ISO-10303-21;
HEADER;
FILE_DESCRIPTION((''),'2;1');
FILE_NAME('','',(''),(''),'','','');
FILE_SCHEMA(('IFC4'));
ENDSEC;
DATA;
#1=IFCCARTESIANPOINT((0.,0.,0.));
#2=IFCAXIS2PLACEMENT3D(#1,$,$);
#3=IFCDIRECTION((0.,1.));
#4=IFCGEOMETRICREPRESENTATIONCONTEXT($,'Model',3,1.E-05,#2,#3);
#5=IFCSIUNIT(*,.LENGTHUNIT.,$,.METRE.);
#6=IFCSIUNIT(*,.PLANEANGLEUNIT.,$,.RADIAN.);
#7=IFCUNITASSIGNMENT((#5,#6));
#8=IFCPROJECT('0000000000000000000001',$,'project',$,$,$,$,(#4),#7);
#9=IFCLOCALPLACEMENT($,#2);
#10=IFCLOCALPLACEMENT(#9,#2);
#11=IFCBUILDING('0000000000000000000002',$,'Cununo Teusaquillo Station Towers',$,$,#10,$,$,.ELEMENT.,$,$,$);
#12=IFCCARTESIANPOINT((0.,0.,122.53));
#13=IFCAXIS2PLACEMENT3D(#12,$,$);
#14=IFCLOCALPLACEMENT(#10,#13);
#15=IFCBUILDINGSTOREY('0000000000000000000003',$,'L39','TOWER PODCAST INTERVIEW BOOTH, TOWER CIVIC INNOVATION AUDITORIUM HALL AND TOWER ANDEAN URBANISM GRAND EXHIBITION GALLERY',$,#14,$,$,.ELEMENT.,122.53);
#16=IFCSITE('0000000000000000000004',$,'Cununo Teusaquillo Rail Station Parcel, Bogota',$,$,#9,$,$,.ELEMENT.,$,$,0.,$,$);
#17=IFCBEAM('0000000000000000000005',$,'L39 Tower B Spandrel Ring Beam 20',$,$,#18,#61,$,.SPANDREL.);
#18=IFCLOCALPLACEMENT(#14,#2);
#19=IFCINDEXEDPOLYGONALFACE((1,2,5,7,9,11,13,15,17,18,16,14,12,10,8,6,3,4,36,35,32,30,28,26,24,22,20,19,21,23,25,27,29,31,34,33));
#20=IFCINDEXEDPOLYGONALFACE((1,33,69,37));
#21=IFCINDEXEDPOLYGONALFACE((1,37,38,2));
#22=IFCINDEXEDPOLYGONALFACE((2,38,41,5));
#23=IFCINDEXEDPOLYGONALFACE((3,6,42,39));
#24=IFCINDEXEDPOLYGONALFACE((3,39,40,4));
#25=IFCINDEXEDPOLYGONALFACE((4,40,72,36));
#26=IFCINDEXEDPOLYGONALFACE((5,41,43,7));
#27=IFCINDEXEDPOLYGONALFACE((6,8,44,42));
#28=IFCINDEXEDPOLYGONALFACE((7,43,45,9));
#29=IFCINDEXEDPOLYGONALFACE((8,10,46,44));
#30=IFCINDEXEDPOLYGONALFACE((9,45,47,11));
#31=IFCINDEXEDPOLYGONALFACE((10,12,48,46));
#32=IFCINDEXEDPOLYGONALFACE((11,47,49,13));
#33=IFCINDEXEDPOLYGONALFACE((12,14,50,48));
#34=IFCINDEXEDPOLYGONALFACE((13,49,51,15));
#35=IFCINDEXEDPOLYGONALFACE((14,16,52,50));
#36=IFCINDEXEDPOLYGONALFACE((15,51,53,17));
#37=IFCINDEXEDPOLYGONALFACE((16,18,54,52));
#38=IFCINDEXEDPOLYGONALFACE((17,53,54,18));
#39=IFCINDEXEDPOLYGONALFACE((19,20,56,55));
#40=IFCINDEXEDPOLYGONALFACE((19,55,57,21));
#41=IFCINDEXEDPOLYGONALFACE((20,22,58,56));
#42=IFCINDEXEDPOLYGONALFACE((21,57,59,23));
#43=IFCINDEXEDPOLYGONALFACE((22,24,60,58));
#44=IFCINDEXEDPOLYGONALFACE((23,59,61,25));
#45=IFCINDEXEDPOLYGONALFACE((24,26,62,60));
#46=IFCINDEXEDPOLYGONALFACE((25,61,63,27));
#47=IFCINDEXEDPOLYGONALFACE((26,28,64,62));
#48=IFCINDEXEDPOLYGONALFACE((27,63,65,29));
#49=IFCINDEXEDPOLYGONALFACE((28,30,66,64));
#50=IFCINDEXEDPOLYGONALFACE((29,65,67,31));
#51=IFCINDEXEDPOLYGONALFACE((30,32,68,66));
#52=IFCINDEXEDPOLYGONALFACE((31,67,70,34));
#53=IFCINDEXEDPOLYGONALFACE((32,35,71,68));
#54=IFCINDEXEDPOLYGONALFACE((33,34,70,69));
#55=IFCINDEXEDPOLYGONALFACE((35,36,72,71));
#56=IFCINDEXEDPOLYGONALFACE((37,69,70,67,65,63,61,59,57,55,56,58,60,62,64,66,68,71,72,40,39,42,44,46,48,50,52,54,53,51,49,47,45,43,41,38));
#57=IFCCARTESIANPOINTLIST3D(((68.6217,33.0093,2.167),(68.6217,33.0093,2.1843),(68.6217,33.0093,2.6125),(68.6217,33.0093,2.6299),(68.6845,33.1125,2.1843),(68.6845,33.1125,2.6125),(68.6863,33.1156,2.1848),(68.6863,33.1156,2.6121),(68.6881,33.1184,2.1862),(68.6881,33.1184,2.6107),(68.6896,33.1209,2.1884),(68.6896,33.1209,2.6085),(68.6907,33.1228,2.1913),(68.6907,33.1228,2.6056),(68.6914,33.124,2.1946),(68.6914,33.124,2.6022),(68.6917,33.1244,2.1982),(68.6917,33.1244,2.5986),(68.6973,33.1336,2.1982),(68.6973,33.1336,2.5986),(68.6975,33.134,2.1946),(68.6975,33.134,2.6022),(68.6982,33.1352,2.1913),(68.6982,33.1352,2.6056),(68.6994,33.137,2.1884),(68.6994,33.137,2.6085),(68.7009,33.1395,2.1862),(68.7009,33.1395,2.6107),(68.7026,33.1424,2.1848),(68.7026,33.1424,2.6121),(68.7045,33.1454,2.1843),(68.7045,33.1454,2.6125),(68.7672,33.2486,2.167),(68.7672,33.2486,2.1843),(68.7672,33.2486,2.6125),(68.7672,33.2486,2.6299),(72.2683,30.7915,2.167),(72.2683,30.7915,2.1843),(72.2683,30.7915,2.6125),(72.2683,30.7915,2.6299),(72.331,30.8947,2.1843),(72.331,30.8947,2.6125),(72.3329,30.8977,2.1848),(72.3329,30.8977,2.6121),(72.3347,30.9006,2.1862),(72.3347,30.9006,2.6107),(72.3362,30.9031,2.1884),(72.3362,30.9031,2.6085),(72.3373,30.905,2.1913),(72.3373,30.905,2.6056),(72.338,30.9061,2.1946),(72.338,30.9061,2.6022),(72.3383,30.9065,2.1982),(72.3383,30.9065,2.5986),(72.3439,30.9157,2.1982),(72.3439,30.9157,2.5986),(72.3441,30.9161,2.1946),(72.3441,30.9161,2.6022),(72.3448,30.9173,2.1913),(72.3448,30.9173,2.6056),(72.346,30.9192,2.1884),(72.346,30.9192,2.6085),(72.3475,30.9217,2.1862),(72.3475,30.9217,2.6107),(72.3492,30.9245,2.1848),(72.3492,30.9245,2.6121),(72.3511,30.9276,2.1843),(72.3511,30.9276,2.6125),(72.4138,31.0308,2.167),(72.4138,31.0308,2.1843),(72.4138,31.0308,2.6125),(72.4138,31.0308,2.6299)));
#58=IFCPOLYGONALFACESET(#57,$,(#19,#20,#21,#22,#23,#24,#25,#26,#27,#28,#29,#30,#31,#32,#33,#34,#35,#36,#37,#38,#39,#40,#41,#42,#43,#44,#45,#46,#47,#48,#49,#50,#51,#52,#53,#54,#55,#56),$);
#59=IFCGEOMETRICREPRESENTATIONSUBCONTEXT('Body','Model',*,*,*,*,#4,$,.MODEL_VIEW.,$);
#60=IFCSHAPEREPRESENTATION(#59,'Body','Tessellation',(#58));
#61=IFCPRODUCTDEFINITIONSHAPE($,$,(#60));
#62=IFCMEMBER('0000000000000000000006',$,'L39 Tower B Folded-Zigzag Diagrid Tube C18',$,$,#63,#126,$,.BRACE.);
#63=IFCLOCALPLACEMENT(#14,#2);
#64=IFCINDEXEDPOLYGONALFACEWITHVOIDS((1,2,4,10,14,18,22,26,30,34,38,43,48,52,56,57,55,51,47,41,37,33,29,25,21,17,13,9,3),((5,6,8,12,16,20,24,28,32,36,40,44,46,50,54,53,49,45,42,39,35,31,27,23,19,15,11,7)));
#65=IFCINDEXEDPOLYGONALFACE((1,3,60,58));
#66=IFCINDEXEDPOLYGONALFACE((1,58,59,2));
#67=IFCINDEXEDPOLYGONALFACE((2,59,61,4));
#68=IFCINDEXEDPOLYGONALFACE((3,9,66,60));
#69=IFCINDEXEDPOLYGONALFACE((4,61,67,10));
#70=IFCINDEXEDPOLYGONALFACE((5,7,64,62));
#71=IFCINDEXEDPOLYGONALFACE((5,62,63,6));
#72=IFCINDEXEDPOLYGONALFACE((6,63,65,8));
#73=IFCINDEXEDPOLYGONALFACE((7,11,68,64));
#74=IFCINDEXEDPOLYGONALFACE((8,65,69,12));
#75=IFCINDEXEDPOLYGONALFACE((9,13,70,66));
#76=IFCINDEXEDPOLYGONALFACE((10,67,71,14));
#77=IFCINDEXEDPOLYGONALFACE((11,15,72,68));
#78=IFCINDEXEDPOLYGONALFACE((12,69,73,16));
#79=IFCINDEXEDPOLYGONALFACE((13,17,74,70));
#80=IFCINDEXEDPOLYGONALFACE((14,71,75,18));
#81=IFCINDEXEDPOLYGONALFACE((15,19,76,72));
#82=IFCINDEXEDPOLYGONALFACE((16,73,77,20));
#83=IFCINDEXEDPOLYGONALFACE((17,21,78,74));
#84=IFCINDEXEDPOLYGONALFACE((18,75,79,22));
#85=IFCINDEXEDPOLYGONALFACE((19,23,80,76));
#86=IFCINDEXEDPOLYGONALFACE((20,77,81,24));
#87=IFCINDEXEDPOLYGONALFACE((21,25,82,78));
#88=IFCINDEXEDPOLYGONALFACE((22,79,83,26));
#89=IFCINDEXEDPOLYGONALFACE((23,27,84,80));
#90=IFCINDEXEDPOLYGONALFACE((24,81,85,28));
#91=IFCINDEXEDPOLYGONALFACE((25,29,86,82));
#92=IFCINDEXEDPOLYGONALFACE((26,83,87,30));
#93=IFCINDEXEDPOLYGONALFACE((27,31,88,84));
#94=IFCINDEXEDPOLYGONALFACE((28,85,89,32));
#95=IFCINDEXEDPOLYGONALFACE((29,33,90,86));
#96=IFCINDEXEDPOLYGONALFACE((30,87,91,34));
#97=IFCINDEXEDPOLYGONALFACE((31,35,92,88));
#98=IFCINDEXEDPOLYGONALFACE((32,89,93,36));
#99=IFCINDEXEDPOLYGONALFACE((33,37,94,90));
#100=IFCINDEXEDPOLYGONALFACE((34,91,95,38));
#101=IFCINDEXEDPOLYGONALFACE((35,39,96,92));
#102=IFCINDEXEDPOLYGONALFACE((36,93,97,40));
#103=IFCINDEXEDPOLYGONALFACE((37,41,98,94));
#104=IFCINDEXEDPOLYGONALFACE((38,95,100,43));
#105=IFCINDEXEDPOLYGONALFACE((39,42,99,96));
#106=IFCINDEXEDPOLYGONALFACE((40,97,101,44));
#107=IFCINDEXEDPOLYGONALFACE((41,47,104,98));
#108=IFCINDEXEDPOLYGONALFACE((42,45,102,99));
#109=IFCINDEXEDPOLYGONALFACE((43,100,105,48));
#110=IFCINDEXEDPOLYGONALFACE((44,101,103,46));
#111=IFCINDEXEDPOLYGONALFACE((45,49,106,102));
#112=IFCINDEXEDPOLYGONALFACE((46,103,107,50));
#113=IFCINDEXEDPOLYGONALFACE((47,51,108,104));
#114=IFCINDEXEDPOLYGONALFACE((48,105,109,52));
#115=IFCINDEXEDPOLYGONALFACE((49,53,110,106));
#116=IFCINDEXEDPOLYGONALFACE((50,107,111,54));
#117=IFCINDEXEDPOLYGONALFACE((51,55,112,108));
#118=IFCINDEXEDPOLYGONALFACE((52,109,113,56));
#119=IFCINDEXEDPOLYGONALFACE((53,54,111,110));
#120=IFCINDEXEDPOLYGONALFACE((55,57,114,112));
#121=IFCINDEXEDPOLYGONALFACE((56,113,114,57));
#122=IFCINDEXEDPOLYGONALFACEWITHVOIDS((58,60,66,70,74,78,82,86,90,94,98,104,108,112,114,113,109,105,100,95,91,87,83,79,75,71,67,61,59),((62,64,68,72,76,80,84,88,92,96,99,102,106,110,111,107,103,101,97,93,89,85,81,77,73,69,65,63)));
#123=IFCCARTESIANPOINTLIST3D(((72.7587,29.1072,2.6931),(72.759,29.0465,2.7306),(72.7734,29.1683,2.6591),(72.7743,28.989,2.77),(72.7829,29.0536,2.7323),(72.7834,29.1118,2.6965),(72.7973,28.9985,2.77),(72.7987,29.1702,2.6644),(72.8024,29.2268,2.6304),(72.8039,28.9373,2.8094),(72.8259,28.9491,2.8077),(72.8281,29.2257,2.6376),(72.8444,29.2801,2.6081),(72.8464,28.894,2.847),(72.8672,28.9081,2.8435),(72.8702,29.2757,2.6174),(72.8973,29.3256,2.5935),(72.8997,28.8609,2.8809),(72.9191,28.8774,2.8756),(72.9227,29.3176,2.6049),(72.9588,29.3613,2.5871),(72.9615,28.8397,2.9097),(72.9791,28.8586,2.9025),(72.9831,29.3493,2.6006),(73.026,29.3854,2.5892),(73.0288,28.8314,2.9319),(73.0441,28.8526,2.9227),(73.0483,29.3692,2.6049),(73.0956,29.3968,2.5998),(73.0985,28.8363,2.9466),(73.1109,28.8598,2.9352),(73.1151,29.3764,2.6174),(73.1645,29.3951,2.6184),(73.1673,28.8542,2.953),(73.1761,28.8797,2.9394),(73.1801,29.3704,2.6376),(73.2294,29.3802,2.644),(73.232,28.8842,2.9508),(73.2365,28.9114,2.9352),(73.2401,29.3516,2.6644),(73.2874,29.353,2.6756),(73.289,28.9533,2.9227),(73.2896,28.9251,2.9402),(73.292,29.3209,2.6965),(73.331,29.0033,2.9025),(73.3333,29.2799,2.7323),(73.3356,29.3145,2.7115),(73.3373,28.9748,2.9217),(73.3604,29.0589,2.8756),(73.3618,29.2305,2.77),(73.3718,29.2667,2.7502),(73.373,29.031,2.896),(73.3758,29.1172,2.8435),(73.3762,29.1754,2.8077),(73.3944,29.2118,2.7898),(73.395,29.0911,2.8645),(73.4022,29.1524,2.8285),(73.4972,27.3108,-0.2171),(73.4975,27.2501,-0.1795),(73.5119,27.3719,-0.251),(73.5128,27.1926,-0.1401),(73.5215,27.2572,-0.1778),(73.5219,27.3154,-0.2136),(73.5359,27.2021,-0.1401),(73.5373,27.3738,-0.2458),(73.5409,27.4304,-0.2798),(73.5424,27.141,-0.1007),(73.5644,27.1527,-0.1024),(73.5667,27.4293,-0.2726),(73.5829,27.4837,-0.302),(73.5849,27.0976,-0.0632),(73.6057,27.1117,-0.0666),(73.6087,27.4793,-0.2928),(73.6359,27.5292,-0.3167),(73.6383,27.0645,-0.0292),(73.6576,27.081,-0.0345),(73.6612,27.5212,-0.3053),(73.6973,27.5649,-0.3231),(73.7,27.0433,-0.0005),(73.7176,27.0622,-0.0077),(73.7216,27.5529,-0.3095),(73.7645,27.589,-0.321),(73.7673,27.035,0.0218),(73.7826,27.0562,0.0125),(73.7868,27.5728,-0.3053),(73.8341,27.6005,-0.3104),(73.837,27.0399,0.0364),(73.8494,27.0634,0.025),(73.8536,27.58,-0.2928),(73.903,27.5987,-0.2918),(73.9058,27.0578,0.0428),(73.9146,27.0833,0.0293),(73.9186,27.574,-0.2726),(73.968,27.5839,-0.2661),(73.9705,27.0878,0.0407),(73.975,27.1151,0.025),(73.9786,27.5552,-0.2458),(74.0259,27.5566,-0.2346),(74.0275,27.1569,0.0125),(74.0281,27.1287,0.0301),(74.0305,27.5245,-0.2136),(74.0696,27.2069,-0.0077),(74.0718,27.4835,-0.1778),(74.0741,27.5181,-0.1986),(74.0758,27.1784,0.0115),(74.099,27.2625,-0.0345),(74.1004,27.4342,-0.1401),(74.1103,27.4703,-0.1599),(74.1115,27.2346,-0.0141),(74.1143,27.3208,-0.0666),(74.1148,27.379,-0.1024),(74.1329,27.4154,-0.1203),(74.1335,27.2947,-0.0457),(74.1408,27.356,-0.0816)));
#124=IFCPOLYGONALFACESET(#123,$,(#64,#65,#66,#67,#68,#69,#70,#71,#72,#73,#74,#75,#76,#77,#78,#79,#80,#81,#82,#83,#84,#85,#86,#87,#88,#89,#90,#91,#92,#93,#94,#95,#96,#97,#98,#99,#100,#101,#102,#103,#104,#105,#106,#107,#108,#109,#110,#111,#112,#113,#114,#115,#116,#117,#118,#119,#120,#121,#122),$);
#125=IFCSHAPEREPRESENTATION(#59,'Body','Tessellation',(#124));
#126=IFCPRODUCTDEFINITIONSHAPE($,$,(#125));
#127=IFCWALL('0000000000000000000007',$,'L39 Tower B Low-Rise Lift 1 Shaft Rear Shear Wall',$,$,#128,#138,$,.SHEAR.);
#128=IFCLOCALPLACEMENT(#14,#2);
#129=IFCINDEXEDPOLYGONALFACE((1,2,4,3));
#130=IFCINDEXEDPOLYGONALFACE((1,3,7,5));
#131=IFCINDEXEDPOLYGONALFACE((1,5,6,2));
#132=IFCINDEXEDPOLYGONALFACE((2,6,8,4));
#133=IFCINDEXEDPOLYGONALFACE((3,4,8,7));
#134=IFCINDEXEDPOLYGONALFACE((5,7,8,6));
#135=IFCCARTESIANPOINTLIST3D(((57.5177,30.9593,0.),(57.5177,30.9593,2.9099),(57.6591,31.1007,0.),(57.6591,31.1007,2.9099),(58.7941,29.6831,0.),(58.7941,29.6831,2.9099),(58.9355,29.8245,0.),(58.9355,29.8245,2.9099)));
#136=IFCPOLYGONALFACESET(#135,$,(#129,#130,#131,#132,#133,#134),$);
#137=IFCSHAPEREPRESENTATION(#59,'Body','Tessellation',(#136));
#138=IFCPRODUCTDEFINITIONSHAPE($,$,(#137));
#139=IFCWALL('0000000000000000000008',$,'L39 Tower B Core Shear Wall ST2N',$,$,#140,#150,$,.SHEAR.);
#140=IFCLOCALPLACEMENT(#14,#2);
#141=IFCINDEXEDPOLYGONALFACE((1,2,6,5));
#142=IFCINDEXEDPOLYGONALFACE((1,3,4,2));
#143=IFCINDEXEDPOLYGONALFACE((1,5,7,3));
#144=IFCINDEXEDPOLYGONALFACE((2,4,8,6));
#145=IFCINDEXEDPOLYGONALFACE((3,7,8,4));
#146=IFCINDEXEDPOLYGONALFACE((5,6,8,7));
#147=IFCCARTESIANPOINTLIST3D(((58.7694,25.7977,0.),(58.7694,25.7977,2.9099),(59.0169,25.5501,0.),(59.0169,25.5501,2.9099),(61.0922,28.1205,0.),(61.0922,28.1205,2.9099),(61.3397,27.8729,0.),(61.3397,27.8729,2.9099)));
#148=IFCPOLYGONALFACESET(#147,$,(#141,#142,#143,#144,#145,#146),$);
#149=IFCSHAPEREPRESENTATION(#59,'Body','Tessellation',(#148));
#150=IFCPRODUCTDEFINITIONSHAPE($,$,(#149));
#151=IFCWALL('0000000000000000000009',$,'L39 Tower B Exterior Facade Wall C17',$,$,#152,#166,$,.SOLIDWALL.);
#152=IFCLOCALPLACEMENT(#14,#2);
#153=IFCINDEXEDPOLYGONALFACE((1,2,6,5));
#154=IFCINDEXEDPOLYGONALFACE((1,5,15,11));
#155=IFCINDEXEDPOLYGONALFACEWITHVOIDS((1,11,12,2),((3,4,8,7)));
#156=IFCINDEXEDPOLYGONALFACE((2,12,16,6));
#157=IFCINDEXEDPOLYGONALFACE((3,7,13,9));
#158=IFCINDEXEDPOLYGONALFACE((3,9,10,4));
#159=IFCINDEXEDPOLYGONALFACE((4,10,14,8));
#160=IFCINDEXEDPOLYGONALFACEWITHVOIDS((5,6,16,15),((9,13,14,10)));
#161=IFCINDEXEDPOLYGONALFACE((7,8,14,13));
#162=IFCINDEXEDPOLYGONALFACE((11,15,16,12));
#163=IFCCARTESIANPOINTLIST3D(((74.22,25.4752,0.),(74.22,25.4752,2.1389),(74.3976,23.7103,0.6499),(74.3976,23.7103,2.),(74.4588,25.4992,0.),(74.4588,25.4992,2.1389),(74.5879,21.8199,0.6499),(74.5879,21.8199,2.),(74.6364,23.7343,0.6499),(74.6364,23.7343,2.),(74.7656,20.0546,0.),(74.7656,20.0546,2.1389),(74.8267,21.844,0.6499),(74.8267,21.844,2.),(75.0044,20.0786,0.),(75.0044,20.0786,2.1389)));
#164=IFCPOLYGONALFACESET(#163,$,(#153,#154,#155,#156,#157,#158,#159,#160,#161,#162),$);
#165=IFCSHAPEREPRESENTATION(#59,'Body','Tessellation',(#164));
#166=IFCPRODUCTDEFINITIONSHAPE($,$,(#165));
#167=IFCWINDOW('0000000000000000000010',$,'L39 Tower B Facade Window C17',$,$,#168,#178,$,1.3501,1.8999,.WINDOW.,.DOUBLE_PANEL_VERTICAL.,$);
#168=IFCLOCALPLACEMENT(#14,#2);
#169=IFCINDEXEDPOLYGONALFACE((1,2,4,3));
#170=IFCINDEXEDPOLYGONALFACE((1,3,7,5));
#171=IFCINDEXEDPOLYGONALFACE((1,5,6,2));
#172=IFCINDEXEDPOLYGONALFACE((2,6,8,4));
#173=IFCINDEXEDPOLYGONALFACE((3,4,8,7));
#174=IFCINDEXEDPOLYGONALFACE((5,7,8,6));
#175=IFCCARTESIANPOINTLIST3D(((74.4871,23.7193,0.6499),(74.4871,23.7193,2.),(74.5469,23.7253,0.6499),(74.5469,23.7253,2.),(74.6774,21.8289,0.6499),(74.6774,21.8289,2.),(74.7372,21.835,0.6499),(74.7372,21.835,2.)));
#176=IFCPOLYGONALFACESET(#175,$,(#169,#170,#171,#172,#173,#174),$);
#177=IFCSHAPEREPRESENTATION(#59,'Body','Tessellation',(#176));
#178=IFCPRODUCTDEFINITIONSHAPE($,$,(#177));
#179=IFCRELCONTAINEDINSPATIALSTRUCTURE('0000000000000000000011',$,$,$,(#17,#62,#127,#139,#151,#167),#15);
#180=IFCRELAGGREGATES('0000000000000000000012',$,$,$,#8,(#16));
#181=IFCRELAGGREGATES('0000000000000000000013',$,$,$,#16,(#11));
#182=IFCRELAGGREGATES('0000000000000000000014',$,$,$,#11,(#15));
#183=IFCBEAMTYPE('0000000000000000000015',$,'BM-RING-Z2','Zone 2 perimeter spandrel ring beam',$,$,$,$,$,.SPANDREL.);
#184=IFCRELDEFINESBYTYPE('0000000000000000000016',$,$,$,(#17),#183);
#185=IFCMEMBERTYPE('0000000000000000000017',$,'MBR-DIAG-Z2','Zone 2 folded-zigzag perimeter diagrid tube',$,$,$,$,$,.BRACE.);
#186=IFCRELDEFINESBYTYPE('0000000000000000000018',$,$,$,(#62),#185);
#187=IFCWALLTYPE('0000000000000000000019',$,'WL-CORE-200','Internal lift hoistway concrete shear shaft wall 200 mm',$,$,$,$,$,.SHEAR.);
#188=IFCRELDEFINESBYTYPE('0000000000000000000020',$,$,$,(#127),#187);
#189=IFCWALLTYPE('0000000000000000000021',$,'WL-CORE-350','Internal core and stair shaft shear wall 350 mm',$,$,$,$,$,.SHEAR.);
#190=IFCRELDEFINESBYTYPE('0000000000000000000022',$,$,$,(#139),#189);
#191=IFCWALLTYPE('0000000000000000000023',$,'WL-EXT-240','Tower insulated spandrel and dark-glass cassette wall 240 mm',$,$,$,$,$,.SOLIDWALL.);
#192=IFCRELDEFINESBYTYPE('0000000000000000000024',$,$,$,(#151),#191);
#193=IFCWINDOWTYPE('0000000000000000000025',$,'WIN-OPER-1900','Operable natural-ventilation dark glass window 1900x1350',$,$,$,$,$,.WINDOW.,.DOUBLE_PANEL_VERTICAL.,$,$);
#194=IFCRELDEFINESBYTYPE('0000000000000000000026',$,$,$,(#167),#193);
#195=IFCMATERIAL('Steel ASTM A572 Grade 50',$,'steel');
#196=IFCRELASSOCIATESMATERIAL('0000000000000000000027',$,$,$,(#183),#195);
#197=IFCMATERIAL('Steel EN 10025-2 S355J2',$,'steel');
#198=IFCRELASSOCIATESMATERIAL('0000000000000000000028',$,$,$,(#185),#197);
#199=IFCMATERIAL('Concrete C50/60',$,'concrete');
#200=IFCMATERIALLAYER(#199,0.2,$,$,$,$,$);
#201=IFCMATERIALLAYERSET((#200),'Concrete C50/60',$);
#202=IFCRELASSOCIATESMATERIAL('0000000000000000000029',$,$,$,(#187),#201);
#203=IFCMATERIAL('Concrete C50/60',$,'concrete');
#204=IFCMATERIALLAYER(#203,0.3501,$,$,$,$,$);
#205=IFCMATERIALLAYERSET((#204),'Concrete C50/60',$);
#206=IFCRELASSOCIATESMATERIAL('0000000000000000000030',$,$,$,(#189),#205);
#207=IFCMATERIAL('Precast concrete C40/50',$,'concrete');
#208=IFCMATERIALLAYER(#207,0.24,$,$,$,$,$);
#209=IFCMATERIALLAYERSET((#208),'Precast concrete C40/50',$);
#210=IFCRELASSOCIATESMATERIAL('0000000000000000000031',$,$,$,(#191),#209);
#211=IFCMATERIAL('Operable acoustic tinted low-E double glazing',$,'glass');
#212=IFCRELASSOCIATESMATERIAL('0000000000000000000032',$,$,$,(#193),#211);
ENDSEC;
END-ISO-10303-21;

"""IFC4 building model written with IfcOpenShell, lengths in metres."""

from ifc_helpers import new_model, si_unit, direction, frame, frame_2d, origin, origin_2d, place, context, subcontext, project, spatial, rectangle, hollow_circle, i_section, extrude, source, transform, mapped, material, layer, layer_set, material_profile, profile_set, type_object, element, fill, save


model = new_model("IFC4")

# Units and contexts
model_context = context("Model", 3, precision=1e-05, world=origin(), true_north=direction((0.0, 1.0)))
body_context = subcontext(model_context, "Body", "Model", "MODEL_VIEW")
ifc_project = project(units=[si_unit("LENGTHUNIT", "METRE"), si_unit("PLANEANGLEUNIT", "RADIAN")], contexts=[model_context])

# Site, building, storey
site_placement = place(None, origin())
site = spatial("IfcSite", under=ifc_project, at=site_placement, Name="Cununo Teusaquillo Rail Station Parcel, Bogota", CompositionType="ELEMENT", RefElevation=0.0)
building_placement = place(site_placement, origin())
building = spatial("IfcBuilding", under=site, at=building_placement, Name="Cununo Teusaquillo Station Towers", CompositionType="ELEMENT")
storey_placement = place(building_placement, frame((0.0, 0.0, 122.53)))
storey = spatial("IfcBuildingStorey", under=building, at=storey_placement, Name="L39", Description="TOWER PODCAST INTERVIEW BOOTH, TOWER CIVIC INNOVATION AUDITORIUM HALL AND TOWER ANDEAN URBANISM GRAND EXHIBITION GALLERY", CompositionType="ELEMENT", Elevation=122.53)

# Beam
ifc_material_1 = material(Name="Steel ASTM A572 Grade 50", Category="steel")
ifc_material_profile_1 = material_profile(ifc_material_1, i_section(OverallWidth=0.28, OverallDepth=0.4629, WebThickness=0.0107, FlangeThickness=0.0173, FilletRadius=0.0139, at=origin_2d()), Name="W18X76")
ifc_profile_set_1 = profile_set([ifc_material_profile_1], Name="Steel ASTM A572 Grade 50")
beam_type = type_object("IfcBeamType", Name="BM-RING-Z2", Description="Zone 2 perimeter spandrel ring beam", PredefinedType="SPANDREL", material=ifc_profile_set_1)
beam_1_placement = place(storey_placement, frame((72.3411, 30.9111, 2.3984), z_axis=(-0.854388, 0.519635, 0.0), x_axis=(-0.519635, -0.854388, 0.0)))
element("IfcBeam", 1, at=beam_1_placement, inside=storey, type_object=beam_type, Name="L39 Tower B Spandrel Ring Beam 20", PredefinedType="SPANDREL", context=body_context, shape_type="SweptSolid", body=[
    extrude(i_section(OverallWidth=0.28, OverallDepth=0.4629, WebThickness=0.0107, FlangeThickness=0.0173, FilletRadius=0.0139, at=origin_2d()), origin(), (0.0, 0.0, 1.0), 4.2681),
])

# Member
ifc_material_2 = material(Name="Steel EN 10025-2 S355J2", Category="steel")
ifc_material_profile_2 = material_profile(ifc_material_2, hollow_circle(Radius=0.3301, WallThickness=0.0249, at=origin_2d()), Name="CHS 660x25")
ifc_profile_set_2 = profile_set([ifc_material_profile_2], Name="Steel EN 10025-2 S355J2")
member_type = type_object("IfcMemberType", Name="MBR-DIAG-Z2", Description="Zone 2 folded-zigzag perimeter diagrid tube", PredefinedType="BRACE", material=ifc_profile_set_2)
member_placement = place(storey_placement, frame((73.8181, 27.3181, -0.1401), z_axis=(-0.211081, 0.513433, 0.831764), x_axis=(-0.924889, -0.380238, 0.0)))
element("IfcMember", 2, at=member_placement, inside=storey, type_object=member_type, Name="L39 Tower B Folded-Zigzag Diagrid Tube C18", PredefinedType="BRACE", context=body_context, shape_type="SweptSolid", body=[
    extrude(hollow_circle(Radius=0.3301, WallThickness=0.0249, at=origin_2d()), origin(), (0.0, 0.0, 1.0), 3.4988),
])

# Walls
ifc_material_3 = material(Name="Concrete C50/60", Category="concrete")
ifc_layer_1 = layer(ifc_material_3, 0.2)
ifc_layer_set_1 = layer_set([ifc_layer_1], Name="Concrete C50/60")
wall_type_1 = type_object("IfcWallType", Name="WL-CORE-200", Description="Internal lift hoistway concrete shear shaft wall 200 mm", PredefinedType="SHEAR", material=ifc_layer_set_1)
wall_1_placement = place(storey_placement, frame((58.8647, 29.7539, 0.0), z_axis=(0.0, 0.0, 1.0), x_axis=(-0.707174, 0.707039, 0.0)))
element("IfcWall", 3, at=wall_1_placement, inside=storey, type_object=wall_type_1, Name="L39 Tower B Low-Rise Lift 1 Shaft Rear Shear Wall", PredefinedType="SHEAR", context=body_context, shape_type="SweptSolid", body=[
    extrude(rectangle(XDim=1.8049, YDim=0.2, at=frame_2d((0.9023, 0.0))), origin(), (0.0, 0.0, 1.0), 2.9099),
])
ifc_material_4 = material(Name="Concrete C50/60", Category="concrete")
ifc_layer_2 = layer(ifc_material_4, 0.3501)
ifc_layer_set_2 = layer_set([ifc_layer_2], Name="Concrete C50/60")
wall_type_2 = type_object("IfcWallType", Name="WL-CORE-350", Description="Internal core and stair shaft shear wall 350 mm", PredefinedType="SHEAR", material=ifc_layer_set_2)
wall_2_placement = place(storey_placement, frame((58.8931, 25.6738, 0.0), z_axis=(0.0, 0.0, 1.0), x_axis=(0.707107, 0.707107, 0.0)))
element("IfcWall", 4, at=wall_2_placement, inside=storey, type_object=wall_type_2, Name="L39 Tower B Core Shear Wall ST2N", PredefinedType="SHEAR", context=body_context, shape_type="SweptSolid", body=[
    extrude(rectangle(XDim=3.2849, YDim=0.3501, at=frame_2d((1.6426, 0.0))), origin(), (0.0, 0.0, 1.0), 2.9099),
])

# Wall, opening, window
ifc_material_5 = material(Name="Precast concrete C40/50", Category="concrete")
ifc_layer_3 = layer(ifc_material_5, 0.24)
ifc_layer_set_3 = layer_set([ifc_layer_3], Name="Precast concrete C40/50")
wall_type_3 = type_object("IfcWallType", Name="WL-EXT-240", Description="Tower insulated spandrel and dark-glass cassette wall 240 mm", PredefinedType="SOLIDWALL", material=ifc_layer_set_3)
wall_3_placement = place(storey_placement, frame((74.3394, 25.4873, 0.0), z_axis=(0.0, 0.0, 1.0), x_axis=(0.100156, -0.994972, 0.0)))
wall_3 = element("IfcWall", 5, at=wall_3_placement, inside=storey, type_object=wall_type_3, Name="L39 Tower B Exterior Facade Wall C17", PredefinedType="SOLIDWALL", context=body_context, shape_type="SweptSolid", body=[
    extrude(rectangle(XDim=5.448, YDim=0.24, at=frame_2d((2.7241, 0.0))), origin(), (0.0, 0.0, 1.0), 2.1389),
])
shared_shape_1 = source(origin(), body_context, "Body", "SweptSolid", [
    extrude(rectangle(XDim=1.8999, YDim=1.3501, at=frame_2d((0.95, 0.675))), frame((0.0, 0.1299, 0.0), z_axis=(0.0, -1.0, 0.0), x_axis=(1.0, 0.0, 0.0)), (0.0, 0.0, 1.0), 0.26),
])
opening_1_placement = place(wall_3_placement, frame((1.7739, 0.0, 0.6499)))
opening_1 = element("IfcOpeningElement", 6, at=opening_1_placement, cuts=wall_3, PredefinedType="OPENING", context=body_context, shape_type="MappedRepresentation", body=[
    mapped(shared_shape_1, transform((0.0, 0.0, 0.0), x_axis=(1.0, 0.0, 0.0), y_axis=(0.0, 1.0, 0.0), z_axis=(0.0, 0.0, 1.0), scale=1.0)),
])
ifc_material_6 = material(Name="Operable acoustic tinted low-E double glazing", Category="glass")
window_type = type_object("IfcWindowType", Name="WIN-OPER-1900", Description="Operable natural-ventilation dark glass window 1900x1350", PartitioningType="DOUBLE_PANEL_VERTICAL", PredefinedType="WINDOW", material=ifc_material_6)
shared_shape_2 = source(origin(), body_context, "Body", "SweptSolid", [
    extrude(rectangle(XDim=1.8999, YDim=1.3501, at=frame_2d((0.95, 0.675))), frame((0.0, 0.03, 0.0), z_axis=(0.0, -1.0, 0.0), x_axis=(1.0, 0.0, 0.0)), (0.0, 0.0, 1.0), 0.0601),
])
window_1_placement = place(opening_1_placement, origin())
window_1 = element("IfcWindow", 7, at=window_1_placement, inside=storey, type_object=window_type, Name="L39 Tower B Facade Window C17", OverallHeight=1.3501, OverallWidth=1.8999, PartitioningType="DOUBLE_PANEL_VERTICAL", PredefinedType="WINDOW", context=body_context, shape_type="MappedRepresentation", body=[
    mapped(shared_shape_2, transform((0.0, 0.0, 0.0), x_axis=(1.0, 0.0, 0.0), y_axis=(0.0, 1.0, 0.0), z_axis=(0.0, 0.0, 1.0), scale=1.0)),
])
fill(opening_1, window_1)

save(model, "model.ifc")
